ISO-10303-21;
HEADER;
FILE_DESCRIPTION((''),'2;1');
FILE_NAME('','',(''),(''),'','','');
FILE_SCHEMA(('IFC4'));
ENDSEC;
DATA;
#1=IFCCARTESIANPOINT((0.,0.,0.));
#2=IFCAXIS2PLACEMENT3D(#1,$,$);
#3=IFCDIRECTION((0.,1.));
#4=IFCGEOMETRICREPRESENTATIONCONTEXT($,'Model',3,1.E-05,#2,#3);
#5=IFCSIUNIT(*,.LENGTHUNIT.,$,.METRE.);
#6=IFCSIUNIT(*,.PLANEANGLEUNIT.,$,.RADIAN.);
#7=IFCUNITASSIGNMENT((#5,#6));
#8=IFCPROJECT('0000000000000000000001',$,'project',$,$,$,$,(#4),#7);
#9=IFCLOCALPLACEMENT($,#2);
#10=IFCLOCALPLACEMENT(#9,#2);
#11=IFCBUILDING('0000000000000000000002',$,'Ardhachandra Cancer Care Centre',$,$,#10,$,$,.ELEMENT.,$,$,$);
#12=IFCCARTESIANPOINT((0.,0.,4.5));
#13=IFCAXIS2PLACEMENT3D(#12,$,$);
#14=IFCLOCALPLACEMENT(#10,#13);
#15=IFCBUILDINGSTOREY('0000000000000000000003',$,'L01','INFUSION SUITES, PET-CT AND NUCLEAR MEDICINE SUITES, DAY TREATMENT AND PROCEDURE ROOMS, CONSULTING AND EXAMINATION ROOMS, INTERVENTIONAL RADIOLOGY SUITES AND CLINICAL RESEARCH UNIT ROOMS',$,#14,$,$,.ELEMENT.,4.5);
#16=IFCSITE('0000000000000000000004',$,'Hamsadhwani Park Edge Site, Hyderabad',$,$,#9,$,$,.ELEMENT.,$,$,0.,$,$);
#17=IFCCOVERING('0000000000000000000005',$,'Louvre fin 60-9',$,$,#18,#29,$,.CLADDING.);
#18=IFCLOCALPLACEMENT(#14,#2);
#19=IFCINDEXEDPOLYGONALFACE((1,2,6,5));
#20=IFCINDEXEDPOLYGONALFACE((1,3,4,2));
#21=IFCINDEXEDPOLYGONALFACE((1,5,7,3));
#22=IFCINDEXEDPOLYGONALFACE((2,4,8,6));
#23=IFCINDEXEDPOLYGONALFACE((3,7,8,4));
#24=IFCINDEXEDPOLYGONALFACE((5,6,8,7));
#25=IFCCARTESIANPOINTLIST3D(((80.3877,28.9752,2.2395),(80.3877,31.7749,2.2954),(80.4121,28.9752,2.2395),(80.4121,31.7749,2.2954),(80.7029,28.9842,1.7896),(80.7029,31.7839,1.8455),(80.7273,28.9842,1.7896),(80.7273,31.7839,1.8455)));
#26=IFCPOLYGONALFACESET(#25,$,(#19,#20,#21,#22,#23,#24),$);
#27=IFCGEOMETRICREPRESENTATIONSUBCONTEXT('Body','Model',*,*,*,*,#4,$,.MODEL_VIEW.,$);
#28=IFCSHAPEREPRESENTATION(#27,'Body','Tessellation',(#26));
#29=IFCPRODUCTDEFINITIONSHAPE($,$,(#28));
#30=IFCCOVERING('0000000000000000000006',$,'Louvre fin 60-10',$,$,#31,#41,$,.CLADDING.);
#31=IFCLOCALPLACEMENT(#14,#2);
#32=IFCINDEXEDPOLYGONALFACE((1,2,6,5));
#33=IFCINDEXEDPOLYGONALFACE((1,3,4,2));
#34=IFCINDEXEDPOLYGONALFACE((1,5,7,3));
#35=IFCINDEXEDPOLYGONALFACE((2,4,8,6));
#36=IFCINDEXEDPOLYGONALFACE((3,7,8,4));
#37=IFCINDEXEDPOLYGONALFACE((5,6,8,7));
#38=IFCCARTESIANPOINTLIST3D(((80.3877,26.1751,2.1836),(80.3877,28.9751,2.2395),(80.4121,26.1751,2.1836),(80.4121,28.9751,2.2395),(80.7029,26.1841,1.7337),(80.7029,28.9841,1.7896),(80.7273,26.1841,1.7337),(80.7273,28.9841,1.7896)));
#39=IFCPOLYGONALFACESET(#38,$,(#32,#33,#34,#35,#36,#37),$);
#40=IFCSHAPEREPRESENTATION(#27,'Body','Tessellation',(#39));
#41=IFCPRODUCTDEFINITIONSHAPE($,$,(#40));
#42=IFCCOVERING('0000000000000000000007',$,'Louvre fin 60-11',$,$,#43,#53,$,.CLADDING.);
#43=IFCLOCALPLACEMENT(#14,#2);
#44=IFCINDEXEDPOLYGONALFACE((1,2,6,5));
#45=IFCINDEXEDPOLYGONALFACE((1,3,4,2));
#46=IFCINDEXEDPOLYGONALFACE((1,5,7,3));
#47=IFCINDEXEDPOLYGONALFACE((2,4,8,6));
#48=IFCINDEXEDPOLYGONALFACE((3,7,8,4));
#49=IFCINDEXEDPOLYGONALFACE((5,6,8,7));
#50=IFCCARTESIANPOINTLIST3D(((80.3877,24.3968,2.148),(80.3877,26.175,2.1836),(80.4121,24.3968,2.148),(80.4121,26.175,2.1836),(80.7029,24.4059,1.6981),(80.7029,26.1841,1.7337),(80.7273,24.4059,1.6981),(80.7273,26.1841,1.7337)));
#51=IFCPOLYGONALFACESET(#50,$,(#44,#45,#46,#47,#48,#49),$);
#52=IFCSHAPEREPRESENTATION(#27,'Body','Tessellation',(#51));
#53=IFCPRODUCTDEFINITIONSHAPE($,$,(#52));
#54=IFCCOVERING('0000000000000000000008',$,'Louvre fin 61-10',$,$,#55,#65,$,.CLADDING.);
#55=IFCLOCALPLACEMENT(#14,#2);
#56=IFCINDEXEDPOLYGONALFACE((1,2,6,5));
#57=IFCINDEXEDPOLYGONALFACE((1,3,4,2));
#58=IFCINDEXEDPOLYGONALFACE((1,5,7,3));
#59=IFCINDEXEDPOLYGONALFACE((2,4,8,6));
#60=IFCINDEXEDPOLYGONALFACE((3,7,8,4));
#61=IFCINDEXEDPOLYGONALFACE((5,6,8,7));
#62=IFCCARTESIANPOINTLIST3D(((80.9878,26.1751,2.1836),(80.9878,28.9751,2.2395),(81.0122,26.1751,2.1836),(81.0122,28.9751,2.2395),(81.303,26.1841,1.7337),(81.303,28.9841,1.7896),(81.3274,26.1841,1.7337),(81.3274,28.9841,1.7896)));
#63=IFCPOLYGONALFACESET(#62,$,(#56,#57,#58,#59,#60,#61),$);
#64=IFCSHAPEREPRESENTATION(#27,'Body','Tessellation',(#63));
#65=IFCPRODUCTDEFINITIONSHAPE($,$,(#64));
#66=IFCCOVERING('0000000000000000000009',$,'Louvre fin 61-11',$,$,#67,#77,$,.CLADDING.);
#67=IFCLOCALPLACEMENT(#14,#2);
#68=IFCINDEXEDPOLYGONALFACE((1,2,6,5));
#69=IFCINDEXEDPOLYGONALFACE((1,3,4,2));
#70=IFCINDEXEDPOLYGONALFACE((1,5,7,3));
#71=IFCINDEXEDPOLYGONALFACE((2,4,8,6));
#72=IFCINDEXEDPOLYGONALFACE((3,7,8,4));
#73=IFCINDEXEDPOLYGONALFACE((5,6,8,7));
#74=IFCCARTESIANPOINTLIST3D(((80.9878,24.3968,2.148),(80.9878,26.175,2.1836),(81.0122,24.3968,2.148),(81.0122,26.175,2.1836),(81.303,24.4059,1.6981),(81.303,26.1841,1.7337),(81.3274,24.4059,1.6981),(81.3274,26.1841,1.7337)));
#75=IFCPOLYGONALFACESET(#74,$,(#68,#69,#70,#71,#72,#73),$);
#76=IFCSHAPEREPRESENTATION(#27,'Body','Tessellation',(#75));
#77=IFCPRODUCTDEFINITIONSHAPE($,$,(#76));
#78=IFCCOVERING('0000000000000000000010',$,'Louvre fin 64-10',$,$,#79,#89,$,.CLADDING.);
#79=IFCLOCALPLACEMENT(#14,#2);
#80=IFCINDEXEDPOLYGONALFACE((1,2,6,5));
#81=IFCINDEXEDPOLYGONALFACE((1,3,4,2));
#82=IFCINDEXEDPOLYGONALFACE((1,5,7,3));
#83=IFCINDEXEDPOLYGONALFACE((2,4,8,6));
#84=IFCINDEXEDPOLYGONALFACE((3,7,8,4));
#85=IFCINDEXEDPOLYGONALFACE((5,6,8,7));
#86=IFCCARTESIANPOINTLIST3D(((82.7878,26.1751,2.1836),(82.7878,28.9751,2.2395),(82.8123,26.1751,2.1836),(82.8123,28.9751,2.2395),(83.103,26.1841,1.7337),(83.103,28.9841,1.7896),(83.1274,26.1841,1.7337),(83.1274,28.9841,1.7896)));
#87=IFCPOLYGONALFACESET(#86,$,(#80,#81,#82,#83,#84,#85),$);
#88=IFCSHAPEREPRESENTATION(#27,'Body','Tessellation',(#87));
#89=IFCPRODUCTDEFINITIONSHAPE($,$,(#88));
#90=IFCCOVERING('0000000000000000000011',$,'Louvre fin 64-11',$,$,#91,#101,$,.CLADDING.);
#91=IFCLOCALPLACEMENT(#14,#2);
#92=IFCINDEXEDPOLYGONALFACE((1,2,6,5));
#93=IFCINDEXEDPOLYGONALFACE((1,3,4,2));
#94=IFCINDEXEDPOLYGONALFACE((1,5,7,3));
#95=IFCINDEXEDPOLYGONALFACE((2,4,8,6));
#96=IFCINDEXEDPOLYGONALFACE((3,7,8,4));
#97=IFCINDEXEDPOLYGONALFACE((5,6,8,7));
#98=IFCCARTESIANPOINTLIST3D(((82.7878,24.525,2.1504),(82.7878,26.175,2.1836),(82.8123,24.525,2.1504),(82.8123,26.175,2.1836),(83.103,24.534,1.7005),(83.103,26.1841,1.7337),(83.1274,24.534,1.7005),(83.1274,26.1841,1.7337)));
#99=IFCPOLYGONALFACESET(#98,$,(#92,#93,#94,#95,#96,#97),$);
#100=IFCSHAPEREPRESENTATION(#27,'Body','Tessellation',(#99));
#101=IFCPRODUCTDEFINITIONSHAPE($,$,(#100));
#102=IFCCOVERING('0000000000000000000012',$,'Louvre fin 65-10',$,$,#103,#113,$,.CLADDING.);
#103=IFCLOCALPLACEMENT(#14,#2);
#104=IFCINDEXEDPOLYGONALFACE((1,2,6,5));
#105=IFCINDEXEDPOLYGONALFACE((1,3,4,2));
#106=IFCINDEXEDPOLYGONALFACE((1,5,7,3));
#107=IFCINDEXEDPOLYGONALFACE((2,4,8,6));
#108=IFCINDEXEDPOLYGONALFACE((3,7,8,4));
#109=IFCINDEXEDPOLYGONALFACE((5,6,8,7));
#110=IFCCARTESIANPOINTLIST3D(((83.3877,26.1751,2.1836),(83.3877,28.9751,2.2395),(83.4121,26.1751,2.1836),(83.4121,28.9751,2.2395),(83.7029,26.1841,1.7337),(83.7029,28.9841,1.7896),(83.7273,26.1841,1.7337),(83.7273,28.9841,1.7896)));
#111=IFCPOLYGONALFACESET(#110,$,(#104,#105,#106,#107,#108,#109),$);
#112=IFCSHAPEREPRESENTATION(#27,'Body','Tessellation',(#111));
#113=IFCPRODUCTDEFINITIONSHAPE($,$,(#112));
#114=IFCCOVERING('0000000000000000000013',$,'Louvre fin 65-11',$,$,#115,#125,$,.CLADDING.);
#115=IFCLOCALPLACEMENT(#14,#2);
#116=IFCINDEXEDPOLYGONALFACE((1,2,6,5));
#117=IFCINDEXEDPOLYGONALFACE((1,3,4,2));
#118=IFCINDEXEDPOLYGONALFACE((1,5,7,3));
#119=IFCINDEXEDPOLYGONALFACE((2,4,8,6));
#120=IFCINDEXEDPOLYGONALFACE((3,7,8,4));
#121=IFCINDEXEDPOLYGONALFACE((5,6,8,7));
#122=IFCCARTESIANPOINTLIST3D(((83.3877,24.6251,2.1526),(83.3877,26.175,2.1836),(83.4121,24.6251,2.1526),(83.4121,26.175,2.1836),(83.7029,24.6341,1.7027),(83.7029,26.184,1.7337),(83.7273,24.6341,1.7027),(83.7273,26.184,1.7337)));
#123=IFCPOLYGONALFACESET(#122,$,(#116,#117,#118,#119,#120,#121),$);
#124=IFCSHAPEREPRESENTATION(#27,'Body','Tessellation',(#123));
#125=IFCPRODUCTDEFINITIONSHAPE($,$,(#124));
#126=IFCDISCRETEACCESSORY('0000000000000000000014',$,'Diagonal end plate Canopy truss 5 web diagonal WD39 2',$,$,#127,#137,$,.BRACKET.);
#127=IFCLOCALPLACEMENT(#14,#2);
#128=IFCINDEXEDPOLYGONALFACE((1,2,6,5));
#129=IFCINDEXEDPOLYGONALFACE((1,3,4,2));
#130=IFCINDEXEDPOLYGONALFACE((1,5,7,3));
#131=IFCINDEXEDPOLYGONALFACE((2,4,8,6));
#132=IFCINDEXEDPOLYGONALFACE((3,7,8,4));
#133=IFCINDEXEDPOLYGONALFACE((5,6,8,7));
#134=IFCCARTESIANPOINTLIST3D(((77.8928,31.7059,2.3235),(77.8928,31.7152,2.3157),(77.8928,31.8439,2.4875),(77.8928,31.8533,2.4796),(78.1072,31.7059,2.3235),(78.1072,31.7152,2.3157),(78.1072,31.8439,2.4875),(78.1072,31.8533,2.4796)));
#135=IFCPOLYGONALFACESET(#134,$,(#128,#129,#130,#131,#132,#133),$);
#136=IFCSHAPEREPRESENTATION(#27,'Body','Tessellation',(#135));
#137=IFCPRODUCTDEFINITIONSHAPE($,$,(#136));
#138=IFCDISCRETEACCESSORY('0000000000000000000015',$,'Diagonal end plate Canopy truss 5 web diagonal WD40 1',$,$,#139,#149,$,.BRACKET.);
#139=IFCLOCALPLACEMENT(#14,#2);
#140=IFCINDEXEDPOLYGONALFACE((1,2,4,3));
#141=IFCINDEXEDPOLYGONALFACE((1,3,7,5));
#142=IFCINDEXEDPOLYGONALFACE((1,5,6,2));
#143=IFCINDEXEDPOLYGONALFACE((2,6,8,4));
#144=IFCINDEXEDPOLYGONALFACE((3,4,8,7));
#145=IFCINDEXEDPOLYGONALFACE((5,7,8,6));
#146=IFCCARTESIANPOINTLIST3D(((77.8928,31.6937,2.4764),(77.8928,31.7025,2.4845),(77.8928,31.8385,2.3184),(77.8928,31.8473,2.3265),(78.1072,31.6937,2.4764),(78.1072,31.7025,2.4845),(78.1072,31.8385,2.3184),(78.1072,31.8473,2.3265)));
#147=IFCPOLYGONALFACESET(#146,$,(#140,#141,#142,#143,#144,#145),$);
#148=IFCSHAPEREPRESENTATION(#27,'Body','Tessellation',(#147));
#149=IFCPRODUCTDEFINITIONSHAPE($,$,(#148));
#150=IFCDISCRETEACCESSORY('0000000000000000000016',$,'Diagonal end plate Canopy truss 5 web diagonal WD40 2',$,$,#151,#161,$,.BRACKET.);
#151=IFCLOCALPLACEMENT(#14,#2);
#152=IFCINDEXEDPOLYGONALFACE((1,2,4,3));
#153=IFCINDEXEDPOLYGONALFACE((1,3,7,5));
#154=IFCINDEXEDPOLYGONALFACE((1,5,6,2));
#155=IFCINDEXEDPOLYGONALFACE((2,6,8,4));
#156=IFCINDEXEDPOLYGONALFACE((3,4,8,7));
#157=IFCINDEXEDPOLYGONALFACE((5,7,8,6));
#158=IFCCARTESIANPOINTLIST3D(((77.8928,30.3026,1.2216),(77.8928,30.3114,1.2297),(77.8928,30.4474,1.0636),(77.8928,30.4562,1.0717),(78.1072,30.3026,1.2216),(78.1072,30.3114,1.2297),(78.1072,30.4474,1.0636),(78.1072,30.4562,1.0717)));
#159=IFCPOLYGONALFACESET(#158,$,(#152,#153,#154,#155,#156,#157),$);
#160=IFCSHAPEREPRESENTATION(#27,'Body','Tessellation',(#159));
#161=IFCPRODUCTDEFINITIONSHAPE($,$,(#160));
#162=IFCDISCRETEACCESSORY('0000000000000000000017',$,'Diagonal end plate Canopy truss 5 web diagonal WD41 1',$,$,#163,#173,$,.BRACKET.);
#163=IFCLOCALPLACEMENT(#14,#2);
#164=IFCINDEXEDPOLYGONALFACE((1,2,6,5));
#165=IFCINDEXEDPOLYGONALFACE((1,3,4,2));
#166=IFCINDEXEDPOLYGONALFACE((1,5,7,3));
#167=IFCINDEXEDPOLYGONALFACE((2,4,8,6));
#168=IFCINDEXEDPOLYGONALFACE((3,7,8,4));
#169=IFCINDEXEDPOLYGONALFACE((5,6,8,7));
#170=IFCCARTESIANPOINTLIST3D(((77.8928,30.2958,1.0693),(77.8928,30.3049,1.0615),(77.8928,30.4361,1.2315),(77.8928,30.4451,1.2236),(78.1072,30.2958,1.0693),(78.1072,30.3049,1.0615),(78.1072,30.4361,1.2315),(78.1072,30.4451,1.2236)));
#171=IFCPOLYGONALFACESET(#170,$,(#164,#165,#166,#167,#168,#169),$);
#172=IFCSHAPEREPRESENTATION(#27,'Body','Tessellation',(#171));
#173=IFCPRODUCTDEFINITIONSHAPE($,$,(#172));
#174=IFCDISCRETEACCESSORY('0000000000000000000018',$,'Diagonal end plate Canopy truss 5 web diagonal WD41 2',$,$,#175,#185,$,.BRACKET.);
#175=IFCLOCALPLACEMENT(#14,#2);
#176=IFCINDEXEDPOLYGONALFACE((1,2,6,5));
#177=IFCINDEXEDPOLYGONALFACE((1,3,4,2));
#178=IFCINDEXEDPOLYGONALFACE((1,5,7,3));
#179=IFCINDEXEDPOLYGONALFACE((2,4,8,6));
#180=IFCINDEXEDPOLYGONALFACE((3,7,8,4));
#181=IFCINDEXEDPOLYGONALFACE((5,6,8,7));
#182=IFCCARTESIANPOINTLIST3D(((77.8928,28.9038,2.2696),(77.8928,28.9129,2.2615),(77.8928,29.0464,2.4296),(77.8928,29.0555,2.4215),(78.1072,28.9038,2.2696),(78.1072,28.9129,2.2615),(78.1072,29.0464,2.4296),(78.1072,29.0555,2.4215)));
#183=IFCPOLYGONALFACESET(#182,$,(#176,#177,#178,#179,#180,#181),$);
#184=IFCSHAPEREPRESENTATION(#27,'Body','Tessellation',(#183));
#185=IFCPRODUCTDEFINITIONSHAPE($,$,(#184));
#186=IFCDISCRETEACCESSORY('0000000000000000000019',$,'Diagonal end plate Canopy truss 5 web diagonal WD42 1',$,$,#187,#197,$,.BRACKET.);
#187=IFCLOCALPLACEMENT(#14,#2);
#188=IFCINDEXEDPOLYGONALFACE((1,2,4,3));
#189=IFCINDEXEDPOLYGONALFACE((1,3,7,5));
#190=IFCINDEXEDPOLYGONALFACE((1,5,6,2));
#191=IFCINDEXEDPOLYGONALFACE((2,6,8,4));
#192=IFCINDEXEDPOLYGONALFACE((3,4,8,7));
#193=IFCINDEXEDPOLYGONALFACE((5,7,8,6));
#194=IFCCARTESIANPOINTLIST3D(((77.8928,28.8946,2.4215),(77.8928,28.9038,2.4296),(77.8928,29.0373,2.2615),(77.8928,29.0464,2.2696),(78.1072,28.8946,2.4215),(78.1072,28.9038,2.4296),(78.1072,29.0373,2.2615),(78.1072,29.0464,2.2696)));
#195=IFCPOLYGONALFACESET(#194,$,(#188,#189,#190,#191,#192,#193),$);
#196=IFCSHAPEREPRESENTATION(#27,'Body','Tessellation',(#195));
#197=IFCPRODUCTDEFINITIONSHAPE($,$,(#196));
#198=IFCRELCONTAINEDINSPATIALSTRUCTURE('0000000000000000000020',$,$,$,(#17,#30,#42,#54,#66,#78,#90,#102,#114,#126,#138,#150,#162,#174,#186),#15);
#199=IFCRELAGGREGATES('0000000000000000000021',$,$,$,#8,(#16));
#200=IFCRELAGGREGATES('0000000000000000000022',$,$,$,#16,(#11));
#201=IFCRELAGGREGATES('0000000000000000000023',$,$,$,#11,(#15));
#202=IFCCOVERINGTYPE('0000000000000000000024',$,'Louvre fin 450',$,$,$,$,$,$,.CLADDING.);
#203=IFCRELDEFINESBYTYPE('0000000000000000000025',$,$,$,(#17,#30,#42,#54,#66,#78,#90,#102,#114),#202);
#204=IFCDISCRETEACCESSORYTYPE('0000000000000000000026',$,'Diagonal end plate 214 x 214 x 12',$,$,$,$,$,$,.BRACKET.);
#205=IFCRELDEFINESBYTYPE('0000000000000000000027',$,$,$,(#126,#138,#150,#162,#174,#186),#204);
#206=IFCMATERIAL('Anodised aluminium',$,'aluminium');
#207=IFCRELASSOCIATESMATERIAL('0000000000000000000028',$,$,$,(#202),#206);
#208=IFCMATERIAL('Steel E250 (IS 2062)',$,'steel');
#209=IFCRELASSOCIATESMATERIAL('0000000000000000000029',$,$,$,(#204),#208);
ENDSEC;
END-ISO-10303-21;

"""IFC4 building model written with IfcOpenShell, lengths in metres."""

from ifc_helpers import new_model, si_unit, direction, frame, origin, origin_2d, place, context, subcontext, project, spatial, polyline, rectangle, outline, extrude, material, material_profile, profile_set, type_object, element, save


model = new_model("IFC4")

# Units and contexts
model_context = context("Model", 3, precision=1e-05, world=origin(), true_north=direction((0.0, 1.0)))
body_context = subcontext(model_context, "Body", "Model", "MODEL_VIEW")
ifc_project = project(units=[si_unit("LENGTHUNIT", "METRE"), si_unit("PLANEANGLEUNIT", "RADIAN")], contexts=[model_context])

# Site, building, storey
site_placement = place(None, origin())
site = spatial("IfcSite", under=ifc_project, at=site_placement, Name="Hamsadhwani Park Edge Site, Hyderabad", CompositionType="ELEMENT", RefElevation=0.0)
building_placement = place(site_placement, origin())
building = spatial("IfcBuilding", under=site, at=building_placement, Name="Ardhachandra Cancer Care Centre", CompositionType="ELEMENT")
storey_placement = place(building_placement, frame((0.0, 0.0, 4.5)))
storey = spatial("IfcBuildingStorey", under=building, at=storey_placement, Name="L01", Description="INFUSION SUITES, PET-CT AND NUCLEAR MEDICINE SUITES, DAY TREATMENT AND PROCEDURE ROOMS, CONSULTING AND EXAMINATION ROOMS, INTERVENTIONAL RADIOLOGY SUITES AND CLINICAL RESEARCH UNIT ROOMS", CompositionType="ELEMENT", Elevation=4.5)

# Coverings
ifc_material_1 = material(Name="Anodised aluminium", Category="aluminium")
ifc_material_profile_1 = material_profile(ifc_material_1, outline(polyline([(-0.0122, 0.0), (0.0122, 0.0), (0.3274, -0.45), (0.303, -0.45), (-0.0122, 0.0)])), Name="Louvre fin 450")
ifc_profile_set_1 = profile_set([ifc_material_profile_1], Name="Anodised aluminium")
covering_type = type_object("IfcCoveringType", Name="Louvre fin 450", PredefinedType="CLADDING", material=ifc_profile_set_1)
covering_1_placement = place(storey_placement, frame((80.3999, 31.7749, 2.2954), z_axis=(0.0, -0.999801, -0.019965), x_axis=(1.0, 0.0, 0.0)))
element("IfcCovering", 1, at=covering_1_placement, inside=storey, type_object=covering_type, Name="Louvre fin 60-9", PredefinedType="CLADDING", context=body_context, shape_type="SweptSolid", body=[
    extrude(outline(polyline([(-0.0122, 0.0), (0.0122, 0.0), (0.3274, -0.45), (0.303, -0.45), (-0.0122, 0.0)])), origin(), (0.0, 0.0, 1.0), 2.8003),
])
covering_2_placement = place(storey_placement, frame((80.3999, 28.9751, 2.2395), z_axis=(0.0, -0.999801, -0.019963), x_axis=(1.0, 0.0, 0.0)))
element("IfcCovering", 2, at=covering_2_placement, inside=storey, type_object=covering_type, Name="Louvre fin 60-10", PredefinedType="CLADDING", context=body_context, shape_type="SweptSolid", body=[
    extrude(outline(polyline([(-0.0122, 0.0), (0.0122, 0.0), (0.3274, -0.45), (0.303, -0.45), (-0.0122, 0.0)])), origin(), (0.0, 0.0, 1.0), 2.8005),
])
covering_3_placement = place(storey_placement, frame((80.3999, 26.175, 2.1836), z_axis=(0.0, -0.999799, -0.02004), x_axis=(1.0, 0.0, 0.0)))
element("IfcCovering", 3, at=covering_3_placement, inside=storey, type_object=covering_type, Name="Louvre fin 60-11", PredefinedType="CLADDING", context=body_context, shape_type="SweptSolid", body=[
    extrude(outline(polyline([(-0.0122, 0.0), (0.0122, 0.0), (0.3274, -0.45), (0.303, -0.45), (-0.0122, 0.0)])), origin(), (0.0, 0.0, 1.0), 1.7786),
])
covering_4_placement = place(storey_placement, frame((81.0, 28.9751, 2.2395), z_axis=(0.0, -0.999801, -0.019963), x_axis=(1.0, 0.0, 0.0)))
element("IfcCovering", 4, at=covering_4_placement, inside=storey, type_object=covering_type, Name="Louvre fin 61-10", PredefinedType="CLADDING", context=body_context, shape_type="SweptSolid", body=[
    extrude(outline(polyline([(-0.0122, 0.0), (0.0122, 0.0), (0.3274, -0.45), (0.303, -0.45), (-0.0122, 0.0)])), origin(), (0.0, 0.0, 1.0), 2.8005),
])
covering_5_placement = place(storey_placement, frame((81.0, 26.175, 2.1836), z_axis=(0.0, -0.999799, -0.02004), x_axis=(1.0, 0.0, 0.0)))
element("IfcCovering", 5, at=covering_5_placement, inside=storey, type_object=covering_type, Name="Louvre fin 61-11", PredefinedType="CLADDING", context=body_context, shape_type="SweptSolid", body=[
    extrude(outline(polyline([(-0.0122, 0.0), (0.0122, 0.0), (0.3274, -0.45), (0.303, -0.45), (-0.0122, 0.0)])), origin(), (0.0, 0.0, 1.0), 1.7786),
])
covering_6_placement = place(storey_placement, frame((82.8, 28.9751, 2.2395), z_axis=(0.0, -0.999801, -0.019963), x_axis=(1.0, 0.0, 0.0)))
element("IfcCovering", 6, at=covering_6_placement, inside=storey, type_object=covering_type, Name="Louvre fin 64-10", PredefinedType="CLADDING", context=body_context, shape_type="SweptSolid", body=[
    extrude(outline(polyline([(-0.0122, 0.0), (0.0122, 0.0), (0.3274, -0.45), (0.303, -0.45), (-0.0122, 0.0)])), origin(), (0.0, 0.0, 1.0), 2.8005),
])
covering_7_placement = place(storey_placement, frame((82.8, 26.175, 2.1836), z_axis=(0.0, -0.999798, -0.020117), x_axis=(1.0, 0.0, 0.0)))
element("IfcCovering", 7, at=covering_7_placement, inside=storey, type_object=covering_type, Name="Louvre fin 64-11", PredefinedType="CLADDING", context=body_context, shape_type="SweptSolid", body=[
    extrude(outline(polyline([(-0.0122, 0.0), (0.0122, 0.0), (0.3274, -0.45), (0.303, -0.45), (-0.0122, 0.0)])), origin(), (0.0, 0.0, 1.0), 1.6504),
])
covering_8_placement = place(storey_placement, frame((83.3999, 28.9751, 2.2395), z_axis=(0.0, -0.999801, -0.019963), x_axis=(1.0, 0.0, 0.0)))
element("IfcCovering", 8, at=covering_8_placement, inside=storey, type_object=covering_type, Name="Louvre fin 65-10", PredefinedType="CLADDING", context=body_context, shape_type="SweptSolid", body=[
    extrude(outline(polyline([(-0.0122, 0.0), (0.0122, 0.0), (0.3274, -0.45), (0.303, -0.45), (-0.0122, 0.0)])), origin(), (0.0, 0.0, 1.0), 2.8005),
])
covering_9_placement = place(storey_placement, frame((83.3999, 26.175, 2.1836), z_axis=(0.0, -0.9998, -0.019999), x_axis=(1.0, 0.0, 0.0)))
element("IfcCovering", 9, at=covering_9_placement, inside=storey, type_object=covering_type, Name="Louvre fin 65-11", PredefinedType="CLADDING", context=body_context, shape_type="SweptSolid", body=[
    extrude(outline(polyline([(-0.0122, 0.0), (0.0122, 0.0), (0.3274, -0.45), (0.303, -0.45), (-0.0122, 0.0)])), origin(), (0.0, 0.0, 1.0), 1.5503),
])

# Discrete accessories
ifc_material_2 = material(Name="Steel E250 (IS 2062)", Category="steel")
ifc_material_profile_2 = material_profile(ifc_material_2, rectangle(XDim=0.2144, YDim=0.2144, at=origin_2d()), Name="PL 214x214x12")
ifc_profile_set_2 = profile_set([ifc_material_profile_2], Name="Steel E250 (IS 2062)")
discrete_accessory_type = type_object("IfcDiscreteAccessoryType", Name="Diagonal end plate 214 x 214 x 12", PredefinedType="BRACKET", material=ifc_profile_set_2)
discrete_accessory_1_placement = place(storey_placement, frame((78.0, 31.7749, 2.4055), z_axis=(0.0, 0.764911, -0.644136), x_axis=(-1.0, 0.0, 0.0)))
element("IfcDiscreteAccessory", 10, at=discrete_accessory_1_placement, inside=storey, type_object=discrete_accessory_type, Name="Diagonal end plate Canopy truss 5 web diagonal WD39 2", PredefinedType="BRACKET", context=body_context, shape_type="SweptSolid", body=[
    extrude(rectangle(XDim=0.2144, YDim=0.2144, at=origin_2d()), origin(), (0.0, 0.0, 1.0), 0.0122),
])
for number, where, z_axis, x_axis, name in (
    (11, (78.0, 31.7749, 2.4055), (0.0, -0.737154, -0.675725), (1.0, 0.0, 0.0), "Diagonal end plate Canopy truss 5 web diagonal WD40 1"),
    (12, (78.0, 30.375, 1.1426), (0.0, 0.737154, 0.675725), (-1.0, 0.0, 0.0), "Diagonal end plate Canopy truss 5 web diagonal WD40 2"),
    (13, (78.0, 30.375, 1.1426), (0.0, -0.756363, 0.654152), (1.0, 0.0, 0.0), "Diagonal end plate Canopy truss 5 web diagonal WD41 1"),
):
    element("IfcDiscreteAccessory", number, at=place(storey_placement, frame(where, z_axis=z_axis, x_axis=x_axis)), inside=storey, type_object=discrete_accessory_type, Name=name, PredefinedType="BRACKET", context=body_context, shape_type="SweptSolid", body=[
        extrude(rectangle(XDim=0.2144, YDim=0.2144, at=origin_2d()), origin(), (0.0, 0.0, 1.0), 0.012),
    ])
for number, where, z_axis, x_axis, name in (
    (14, (78.0, 28.9751, 2.3496), (0.0, 0.746295, -0.665615), (-1.0, 0.0, 0.0), "Diagonal end plate Canopy truss 5 web diagonal WD41 2"),
    (15, (78.0, 28.9751, 2.3496), (0.0, -0.746295, -0.665615), (1.0, 0.0, 0.0), "Diagonal end plate Canopy truss 5 web diagonal WD42 1"),
):
    element("IfcDiscreteAccessory", number, at=place(storey_placement, frame(where, z_axis=z_axis, x_axis=x_axis)), inside=storey, type_object=discrete_accessory_type, Name=name, PredefinedType="BRACKET", context=body_context, shape_type="SweptSolid", body=[
        extrude(rectangle(XDim=0.2144, YDim=0.2144, at=origin_2d()), origin(), (0.0, 0.0, 1.0), 0.0122),
    ])

save(model, "model.ifc")
